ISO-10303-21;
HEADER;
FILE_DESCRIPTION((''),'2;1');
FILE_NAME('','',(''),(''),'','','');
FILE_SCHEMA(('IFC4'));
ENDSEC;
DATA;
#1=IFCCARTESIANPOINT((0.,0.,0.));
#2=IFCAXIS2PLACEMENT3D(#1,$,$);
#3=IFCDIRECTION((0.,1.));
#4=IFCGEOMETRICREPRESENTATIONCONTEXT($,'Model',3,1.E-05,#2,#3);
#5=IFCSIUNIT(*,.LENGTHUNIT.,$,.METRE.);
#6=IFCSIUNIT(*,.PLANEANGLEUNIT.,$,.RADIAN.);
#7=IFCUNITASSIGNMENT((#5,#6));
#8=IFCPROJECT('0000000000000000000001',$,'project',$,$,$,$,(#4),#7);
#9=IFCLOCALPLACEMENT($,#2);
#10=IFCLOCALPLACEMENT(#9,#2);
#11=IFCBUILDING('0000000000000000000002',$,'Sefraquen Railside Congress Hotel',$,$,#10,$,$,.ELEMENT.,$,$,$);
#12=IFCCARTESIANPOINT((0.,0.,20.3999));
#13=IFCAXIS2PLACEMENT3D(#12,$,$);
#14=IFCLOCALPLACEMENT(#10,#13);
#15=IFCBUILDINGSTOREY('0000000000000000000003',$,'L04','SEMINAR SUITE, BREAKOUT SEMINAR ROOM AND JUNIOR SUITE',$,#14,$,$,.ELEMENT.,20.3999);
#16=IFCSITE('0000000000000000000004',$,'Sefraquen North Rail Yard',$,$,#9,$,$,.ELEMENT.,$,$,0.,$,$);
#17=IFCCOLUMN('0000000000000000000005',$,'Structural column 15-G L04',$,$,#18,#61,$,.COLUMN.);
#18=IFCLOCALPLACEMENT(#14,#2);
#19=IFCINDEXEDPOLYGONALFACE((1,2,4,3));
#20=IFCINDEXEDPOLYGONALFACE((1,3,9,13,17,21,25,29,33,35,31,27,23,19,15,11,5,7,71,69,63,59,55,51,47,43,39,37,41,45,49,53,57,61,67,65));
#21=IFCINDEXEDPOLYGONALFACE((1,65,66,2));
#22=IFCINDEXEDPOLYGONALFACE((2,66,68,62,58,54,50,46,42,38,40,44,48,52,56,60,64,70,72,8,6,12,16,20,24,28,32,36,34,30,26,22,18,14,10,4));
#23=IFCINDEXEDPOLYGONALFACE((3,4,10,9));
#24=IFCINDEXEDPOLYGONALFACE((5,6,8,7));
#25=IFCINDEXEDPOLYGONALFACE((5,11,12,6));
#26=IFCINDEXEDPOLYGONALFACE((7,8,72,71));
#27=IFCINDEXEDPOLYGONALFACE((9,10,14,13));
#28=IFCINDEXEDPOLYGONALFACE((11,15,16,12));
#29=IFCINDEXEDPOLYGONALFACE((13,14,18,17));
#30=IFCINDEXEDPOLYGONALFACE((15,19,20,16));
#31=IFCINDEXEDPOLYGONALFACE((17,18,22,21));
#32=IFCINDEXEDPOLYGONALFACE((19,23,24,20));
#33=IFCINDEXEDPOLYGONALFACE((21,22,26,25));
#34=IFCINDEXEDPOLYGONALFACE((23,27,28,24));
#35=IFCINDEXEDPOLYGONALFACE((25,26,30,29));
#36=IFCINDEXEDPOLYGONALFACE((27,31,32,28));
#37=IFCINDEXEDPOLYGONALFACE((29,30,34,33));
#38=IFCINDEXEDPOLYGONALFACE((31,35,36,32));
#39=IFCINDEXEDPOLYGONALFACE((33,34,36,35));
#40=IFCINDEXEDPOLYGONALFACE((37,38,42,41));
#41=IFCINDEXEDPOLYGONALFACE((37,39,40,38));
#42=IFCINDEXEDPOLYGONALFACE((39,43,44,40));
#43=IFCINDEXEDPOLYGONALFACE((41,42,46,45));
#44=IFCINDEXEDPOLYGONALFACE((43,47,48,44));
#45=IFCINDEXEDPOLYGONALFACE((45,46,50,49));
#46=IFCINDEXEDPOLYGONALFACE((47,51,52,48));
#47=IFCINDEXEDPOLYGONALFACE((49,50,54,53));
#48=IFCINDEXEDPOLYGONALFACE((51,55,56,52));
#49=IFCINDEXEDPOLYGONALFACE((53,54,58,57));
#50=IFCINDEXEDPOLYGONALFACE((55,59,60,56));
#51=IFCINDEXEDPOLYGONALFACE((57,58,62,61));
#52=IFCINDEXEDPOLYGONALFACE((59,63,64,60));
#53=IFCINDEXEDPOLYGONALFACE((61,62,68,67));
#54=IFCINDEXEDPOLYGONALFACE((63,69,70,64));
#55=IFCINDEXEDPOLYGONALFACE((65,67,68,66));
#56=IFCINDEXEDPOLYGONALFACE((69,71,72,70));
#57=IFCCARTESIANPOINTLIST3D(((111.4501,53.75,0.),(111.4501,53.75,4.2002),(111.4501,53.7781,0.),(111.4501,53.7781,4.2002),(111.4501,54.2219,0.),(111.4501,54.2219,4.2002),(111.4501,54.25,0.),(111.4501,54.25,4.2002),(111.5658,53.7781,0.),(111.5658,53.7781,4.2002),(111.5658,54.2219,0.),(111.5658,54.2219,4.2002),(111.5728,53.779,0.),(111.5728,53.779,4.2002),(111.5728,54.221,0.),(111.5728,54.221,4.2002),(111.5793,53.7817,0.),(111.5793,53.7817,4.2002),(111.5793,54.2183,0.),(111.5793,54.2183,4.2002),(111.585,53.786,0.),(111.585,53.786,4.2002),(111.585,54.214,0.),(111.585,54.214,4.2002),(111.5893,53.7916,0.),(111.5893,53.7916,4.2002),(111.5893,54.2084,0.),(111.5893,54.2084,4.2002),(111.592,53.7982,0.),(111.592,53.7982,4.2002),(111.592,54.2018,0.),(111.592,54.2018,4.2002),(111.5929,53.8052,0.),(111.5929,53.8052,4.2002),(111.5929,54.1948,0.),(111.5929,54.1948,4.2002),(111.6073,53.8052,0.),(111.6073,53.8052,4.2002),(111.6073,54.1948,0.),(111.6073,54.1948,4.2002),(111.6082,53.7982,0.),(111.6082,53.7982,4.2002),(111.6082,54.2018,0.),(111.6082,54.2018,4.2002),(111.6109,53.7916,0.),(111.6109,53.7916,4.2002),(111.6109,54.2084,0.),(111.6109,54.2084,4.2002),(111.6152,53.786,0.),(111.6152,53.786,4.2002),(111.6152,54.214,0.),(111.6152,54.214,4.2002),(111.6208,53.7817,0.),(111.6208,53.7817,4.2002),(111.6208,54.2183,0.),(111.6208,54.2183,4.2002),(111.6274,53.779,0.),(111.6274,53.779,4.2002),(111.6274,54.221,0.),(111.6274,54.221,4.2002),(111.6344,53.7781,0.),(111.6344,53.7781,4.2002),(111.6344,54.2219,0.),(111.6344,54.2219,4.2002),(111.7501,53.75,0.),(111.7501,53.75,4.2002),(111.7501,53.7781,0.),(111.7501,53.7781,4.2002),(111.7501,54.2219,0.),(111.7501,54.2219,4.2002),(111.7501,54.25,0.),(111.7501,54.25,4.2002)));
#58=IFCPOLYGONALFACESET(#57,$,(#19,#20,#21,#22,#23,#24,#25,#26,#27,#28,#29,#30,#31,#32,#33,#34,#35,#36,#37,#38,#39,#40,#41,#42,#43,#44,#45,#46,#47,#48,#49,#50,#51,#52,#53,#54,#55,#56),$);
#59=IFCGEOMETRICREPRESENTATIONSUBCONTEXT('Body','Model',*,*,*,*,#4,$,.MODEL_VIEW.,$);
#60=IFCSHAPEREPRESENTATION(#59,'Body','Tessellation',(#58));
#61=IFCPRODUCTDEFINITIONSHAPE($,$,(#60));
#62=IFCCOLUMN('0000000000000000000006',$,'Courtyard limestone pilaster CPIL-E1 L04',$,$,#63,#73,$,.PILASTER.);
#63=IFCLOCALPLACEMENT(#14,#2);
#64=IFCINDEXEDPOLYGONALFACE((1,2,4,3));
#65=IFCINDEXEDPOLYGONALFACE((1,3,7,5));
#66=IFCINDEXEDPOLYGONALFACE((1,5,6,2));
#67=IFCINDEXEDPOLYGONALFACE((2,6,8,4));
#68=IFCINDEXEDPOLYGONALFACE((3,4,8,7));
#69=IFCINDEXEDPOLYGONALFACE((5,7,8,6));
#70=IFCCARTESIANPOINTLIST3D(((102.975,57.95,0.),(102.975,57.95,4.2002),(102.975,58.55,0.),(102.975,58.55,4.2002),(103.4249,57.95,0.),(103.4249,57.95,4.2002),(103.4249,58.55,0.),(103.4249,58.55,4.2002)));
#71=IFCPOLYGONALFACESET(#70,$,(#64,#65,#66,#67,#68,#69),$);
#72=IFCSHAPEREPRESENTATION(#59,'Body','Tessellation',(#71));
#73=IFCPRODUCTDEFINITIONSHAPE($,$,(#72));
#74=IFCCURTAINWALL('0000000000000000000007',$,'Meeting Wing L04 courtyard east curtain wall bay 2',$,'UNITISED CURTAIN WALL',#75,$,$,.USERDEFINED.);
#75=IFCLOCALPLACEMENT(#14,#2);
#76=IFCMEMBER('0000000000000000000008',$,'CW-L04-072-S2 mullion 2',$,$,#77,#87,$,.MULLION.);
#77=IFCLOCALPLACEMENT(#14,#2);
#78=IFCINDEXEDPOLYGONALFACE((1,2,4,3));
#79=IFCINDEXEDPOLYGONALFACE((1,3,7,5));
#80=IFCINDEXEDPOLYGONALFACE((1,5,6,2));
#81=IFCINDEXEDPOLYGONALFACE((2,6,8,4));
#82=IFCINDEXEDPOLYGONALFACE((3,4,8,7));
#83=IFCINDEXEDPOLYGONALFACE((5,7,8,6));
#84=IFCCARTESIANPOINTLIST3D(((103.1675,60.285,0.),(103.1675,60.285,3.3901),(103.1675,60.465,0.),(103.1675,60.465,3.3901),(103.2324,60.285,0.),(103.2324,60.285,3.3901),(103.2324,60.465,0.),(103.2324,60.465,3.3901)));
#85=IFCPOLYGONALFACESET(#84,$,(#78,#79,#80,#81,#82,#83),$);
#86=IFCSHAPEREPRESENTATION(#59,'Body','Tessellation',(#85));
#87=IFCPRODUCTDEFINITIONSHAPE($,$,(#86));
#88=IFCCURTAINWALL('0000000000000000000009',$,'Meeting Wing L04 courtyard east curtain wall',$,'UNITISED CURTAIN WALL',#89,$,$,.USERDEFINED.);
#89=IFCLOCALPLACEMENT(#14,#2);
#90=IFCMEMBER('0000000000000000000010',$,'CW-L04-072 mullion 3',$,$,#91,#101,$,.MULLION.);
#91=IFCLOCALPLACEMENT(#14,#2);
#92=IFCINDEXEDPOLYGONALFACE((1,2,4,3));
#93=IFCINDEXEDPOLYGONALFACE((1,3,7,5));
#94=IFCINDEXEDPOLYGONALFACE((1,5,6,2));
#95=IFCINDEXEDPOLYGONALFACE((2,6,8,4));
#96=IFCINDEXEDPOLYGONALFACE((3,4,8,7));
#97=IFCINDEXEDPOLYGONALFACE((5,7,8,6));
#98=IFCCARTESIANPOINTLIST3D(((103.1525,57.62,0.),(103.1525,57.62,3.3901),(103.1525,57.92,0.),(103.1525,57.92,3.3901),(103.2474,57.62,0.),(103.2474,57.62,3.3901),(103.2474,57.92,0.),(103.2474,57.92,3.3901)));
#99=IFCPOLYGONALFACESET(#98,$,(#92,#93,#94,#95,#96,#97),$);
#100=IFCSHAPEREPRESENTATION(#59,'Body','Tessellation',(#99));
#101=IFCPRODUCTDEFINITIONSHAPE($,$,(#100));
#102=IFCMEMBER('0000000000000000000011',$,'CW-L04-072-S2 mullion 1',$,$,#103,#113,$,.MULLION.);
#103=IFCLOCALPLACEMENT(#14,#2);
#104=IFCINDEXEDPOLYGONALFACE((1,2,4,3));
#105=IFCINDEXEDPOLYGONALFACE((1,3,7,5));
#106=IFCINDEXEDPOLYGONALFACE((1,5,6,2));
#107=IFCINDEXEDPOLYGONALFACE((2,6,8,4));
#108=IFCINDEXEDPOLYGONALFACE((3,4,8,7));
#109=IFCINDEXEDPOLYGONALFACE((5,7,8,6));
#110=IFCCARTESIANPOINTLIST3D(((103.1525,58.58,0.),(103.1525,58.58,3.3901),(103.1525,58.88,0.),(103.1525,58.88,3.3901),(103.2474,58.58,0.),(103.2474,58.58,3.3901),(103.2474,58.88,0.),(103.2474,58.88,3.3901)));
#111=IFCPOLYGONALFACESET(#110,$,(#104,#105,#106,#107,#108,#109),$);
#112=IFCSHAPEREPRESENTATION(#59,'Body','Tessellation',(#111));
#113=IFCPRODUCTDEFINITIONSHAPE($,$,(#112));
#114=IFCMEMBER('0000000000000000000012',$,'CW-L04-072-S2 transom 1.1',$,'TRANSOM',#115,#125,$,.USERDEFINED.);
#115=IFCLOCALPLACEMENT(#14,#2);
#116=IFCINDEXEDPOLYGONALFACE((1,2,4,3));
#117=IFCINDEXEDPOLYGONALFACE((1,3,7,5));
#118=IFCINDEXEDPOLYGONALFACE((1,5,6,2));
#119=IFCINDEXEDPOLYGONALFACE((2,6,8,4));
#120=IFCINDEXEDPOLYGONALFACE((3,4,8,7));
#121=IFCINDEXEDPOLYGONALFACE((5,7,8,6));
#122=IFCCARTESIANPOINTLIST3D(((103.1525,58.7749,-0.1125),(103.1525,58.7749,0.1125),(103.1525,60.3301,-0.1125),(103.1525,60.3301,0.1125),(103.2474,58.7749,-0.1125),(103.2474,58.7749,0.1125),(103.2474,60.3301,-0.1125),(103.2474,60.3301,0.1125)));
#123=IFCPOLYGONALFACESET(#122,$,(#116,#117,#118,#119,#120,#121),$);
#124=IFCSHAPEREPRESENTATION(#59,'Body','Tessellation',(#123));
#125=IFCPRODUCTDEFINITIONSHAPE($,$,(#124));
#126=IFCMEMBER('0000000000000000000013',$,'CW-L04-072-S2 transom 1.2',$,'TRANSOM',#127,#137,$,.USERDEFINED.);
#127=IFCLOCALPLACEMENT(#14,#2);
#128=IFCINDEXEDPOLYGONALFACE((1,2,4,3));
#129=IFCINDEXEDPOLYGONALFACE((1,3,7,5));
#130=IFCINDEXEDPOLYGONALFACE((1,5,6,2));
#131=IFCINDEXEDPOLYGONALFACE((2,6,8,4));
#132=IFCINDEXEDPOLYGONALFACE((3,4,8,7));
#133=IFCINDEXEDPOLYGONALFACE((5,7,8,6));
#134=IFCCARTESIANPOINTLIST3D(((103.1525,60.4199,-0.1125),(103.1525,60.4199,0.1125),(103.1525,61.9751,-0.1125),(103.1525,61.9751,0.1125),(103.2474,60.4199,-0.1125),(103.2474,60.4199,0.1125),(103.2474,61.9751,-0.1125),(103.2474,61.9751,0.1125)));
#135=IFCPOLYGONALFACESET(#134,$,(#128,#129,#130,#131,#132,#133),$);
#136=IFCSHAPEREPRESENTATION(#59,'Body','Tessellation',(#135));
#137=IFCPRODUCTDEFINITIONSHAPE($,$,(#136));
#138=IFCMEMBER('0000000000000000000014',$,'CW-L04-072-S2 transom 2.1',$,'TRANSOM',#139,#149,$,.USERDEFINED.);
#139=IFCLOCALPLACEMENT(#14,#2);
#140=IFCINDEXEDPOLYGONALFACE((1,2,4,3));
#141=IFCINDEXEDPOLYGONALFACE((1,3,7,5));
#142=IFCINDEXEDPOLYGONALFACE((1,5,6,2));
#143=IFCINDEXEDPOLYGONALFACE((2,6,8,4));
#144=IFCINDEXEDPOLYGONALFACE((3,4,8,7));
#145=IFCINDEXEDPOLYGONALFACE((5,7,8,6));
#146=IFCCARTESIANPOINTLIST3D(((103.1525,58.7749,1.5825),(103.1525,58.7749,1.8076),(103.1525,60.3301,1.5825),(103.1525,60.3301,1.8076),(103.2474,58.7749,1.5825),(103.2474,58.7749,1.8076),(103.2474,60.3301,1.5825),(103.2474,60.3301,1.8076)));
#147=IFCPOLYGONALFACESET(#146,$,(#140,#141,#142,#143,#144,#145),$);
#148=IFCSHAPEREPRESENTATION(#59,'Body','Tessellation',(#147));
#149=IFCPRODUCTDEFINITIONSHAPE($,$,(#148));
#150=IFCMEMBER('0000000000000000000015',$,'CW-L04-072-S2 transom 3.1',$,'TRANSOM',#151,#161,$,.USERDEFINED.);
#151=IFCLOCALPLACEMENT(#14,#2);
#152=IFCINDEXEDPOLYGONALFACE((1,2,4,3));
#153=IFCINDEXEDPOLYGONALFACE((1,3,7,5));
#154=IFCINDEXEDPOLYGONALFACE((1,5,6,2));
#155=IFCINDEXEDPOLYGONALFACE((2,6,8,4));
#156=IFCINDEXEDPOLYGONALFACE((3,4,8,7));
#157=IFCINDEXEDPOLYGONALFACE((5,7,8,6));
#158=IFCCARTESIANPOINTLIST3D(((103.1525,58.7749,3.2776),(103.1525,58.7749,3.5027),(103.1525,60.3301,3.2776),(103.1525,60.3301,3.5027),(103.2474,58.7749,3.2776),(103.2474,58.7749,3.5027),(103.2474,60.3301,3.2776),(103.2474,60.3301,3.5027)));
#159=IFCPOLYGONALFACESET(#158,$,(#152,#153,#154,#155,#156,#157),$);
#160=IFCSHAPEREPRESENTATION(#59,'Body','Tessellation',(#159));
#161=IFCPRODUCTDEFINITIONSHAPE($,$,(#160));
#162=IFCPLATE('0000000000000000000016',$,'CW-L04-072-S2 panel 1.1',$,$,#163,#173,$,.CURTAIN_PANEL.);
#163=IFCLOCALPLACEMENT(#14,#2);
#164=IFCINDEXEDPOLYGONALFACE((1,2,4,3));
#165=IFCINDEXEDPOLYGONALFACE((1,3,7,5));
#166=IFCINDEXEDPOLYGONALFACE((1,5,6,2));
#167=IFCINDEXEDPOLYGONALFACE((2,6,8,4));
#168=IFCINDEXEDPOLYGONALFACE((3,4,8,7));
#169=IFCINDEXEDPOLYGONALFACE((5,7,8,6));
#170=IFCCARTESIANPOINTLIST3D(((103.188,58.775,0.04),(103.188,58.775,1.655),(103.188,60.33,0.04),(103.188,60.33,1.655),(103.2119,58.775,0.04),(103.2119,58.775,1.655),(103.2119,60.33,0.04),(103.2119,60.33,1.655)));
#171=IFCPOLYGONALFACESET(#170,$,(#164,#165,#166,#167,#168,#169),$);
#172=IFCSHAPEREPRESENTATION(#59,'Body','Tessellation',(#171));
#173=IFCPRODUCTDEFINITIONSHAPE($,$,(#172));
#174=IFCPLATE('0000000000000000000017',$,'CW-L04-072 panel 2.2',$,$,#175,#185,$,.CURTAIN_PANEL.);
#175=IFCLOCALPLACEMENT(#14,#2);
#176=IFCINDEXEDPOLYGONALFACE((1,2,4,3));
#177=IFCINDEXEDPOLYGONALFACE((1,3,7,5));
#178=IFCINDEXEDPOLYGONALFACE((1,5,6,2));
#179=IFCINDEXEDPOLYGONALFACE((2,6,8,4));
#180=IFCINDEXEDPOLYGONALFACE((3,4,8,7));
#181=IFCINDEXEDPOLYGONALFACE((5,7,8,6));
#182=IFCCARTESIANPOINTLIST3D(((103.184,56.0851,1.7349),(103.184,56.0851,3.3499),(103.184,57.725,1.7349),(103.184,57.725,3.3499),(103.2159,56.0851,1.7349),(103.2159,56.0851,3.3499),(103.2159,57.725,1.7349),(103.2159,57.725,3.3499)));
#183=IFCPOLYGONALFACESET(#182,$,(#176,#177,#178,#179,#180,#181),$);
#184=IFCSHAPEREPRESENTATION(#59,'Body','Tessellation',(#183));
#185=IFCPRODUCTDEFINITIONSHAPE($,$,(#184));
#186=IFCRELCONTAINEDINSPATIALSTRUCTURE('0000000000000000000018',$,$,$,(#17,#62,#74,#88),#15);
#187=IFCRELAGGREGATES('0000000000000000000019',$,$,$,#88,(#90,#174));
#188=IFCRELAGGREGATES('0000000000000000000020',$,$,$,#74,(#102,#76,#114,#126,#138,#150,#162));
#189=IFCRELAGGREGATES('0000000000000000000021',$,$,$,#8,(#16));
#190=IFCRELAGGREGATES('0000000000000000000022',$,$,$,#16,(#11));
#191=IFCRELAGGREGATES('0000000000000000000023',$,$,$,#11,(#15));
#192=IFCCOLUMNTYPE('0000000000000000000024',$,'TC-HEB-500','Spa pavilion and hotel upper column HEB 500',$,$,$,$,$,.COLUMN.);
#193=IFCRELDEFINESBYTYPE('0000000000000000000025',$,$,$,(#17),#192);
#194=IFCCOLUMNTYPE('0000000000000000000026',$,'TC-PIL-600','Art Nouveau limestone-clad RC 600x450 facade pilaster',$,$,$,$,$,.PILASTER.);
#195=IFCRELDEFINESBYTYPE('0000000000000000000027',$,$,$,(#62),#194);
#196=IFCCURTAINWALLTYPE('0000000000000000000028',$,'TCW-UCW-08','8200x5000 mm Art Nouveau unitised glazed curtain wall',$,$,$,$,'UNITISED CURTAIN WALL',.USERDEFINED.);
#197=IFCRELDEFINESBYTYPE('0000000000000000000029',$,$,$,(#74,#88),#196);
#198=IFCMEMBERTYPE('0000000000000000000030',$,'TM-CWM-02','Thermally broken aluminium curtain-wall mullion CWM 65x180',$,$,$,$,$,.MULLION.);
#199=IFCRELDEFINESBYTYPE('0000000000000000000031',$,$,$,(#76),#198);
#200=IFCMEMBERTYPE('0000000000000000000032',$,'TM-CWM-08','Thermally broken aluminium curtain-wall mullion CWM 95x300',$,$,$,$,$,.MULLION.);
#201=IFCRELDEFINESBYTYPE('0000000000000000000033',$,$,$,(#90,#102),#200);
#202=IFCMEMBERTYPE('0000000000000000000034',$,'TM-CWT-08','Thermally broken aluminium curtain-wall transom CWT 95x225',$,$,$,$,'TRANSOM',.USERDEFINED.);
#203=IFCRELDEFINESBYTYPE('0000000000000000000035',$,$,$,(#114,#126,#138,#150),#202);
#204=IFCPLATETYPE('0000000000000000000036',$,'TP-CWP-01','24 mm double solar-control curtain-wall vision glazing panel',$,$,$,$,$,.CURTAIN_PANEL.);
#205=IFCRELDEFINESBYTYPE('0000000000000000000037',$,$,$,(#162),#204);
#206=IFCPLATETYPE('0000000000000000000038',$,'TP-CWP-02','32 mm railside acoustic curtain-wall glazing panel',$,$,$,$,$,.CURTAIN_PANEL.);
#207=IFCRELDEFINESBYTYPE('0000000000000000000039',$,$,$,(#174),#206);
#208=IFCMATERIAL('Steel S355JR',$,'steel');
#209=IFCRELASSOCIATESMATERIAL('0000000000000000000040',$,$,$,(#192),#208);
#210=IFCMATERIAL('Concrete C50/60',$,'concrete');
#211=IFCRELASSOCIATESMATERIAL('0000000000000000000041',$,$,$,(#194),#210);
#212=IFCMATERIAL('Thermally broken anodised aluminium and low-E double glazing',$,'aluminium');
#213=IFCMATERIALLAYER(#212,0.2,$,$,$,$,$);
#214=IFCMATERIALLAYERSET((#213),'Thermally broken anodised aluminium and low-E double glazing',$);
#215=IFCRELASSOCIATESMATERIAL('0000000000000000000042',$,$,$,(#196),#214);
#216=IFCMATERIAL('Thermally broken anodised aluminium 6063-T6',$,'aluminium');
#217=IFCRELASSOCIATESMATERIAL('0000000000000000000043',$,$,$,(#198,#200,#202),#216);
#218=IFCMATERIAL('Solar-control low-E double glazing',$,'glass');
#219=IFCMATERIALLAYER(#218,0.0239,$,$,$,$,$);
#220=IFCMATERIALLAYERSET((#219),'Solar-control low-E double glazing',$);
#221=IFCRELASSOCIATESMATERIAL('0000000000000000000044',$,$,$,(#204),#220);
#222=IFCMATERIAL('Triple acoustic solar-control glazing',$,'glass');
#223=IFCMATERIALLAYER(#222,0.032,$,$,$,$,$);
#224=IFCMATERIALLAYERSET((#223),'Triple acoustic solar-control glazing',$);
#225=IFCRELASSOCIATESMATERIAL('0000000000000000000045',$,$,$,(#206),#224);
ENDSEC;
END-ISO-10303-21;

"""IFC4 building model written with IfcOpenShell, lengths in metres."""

from ifc_helpers import new_model, si_unit, direction, frame, origin, origin_2d, place, context, subcontext, project, spatial, rectangle, i_section, extrude, material, layer, layer_set, material_profile, profile_set, type_object, element, aggregate, save


model = new_model("IFC4")

# Units and contexts
model_context = context("Model", 3, precision=1e-05, world=origin(), true_north=direction((0.0, 1.0)))
body_context = subcontext(model_context, "Body", "Model", "MODEL_VIEW")
ifc_project = project(units=[si_unit("LENGTHUNIT", "METRE"), si_unit("PLANEANGLEUNIT", "RADIAN")], contexts=[model_context])

# Site, building, storey
site_placement = place(None, origin())
site = spatial("IfcSite", under=ifc_project, at=site_placement, Name="Sefraquen North Rail Yard", CompositionType="ELEMENT", RefElevation=0.0)
building_placement = place(site_placement, origin())
building = spatial("IfcBuilding", under=site, at=building_placement, Name="Sefraquen Railside Congress Hotel", CompositionType="ELEMENT")
storey_placement = place(building_placement, frame((0.0, 0.0, 20.3999)))
storey = spatial("IfcBuildingStorey", under=building, at=storey_placement, Name="L04", Description="SEMINAR SUITE, BREAKOUT SEMINAR ROOM AND JUNIOR SUITE", CompositionType="ELEMENT", Elevation=20.3999)

# Columns
ifc_material_1 = material(Name="Steel S355JR", Category="steel")
ifc_material_profile_1 = material_profile(ifc_material_1, i_section(OverallWidth=0.3, OverallDepth=0.5, WebThickness=0.0144, FlangeThickness=0.0281, FilletRadius=0.0271, at=origin_2d()), Name="HEB 500")
ifc_profile_set_1 = profile_set([ifc_material_profile_1], Name="Steel S355JR")
column_type_1 = type_object("IfcColumnType", Name="TC-HEB-500", Description="Spa pavilion and hotel upper column HEB 500", PredefinedType="COLUMN", material=ifc_profile_set_1)
column_1_placement = place(storey_placement, frame((111.6001, 54.0, 0.0), z_axis=(0.0, 0.0, 1.0), x_axis=(1.0, 0.0, 0.0)))
element("IfcColumn", 1, at=column_1_placement, inside=storey, type_object=column_type_1, Name="Structural column 15-G L04", PredefinedType="COLUMN", context=body_context, shape_type="SweptSolid", body=[
    extrude(i_section(OverallWidth=0.3, OverallDepth=0.5, WebThickness=0.0144, FlangeThickness=0.0281, FilletRadius=0.0271, at=origin_2d()), origin(), (0.0, 0.0, 1.0), 4.2002),
])
ifc_material_2 = material(Name="Concrete C50/60", Category="concrete")
ifc_material_profile_2 = material_profile(ifc_material_2, rectangle(XDim=0.45, YDim=0.6001, at=origin_2d()), Name="RC 600x450")
ifc_profile_set_2 = profile_set([ifc_material_profile_2], Name="Concrete C50/60")
column_type_2 = type_object("IfcColumnType", Name="TC-PIL-600", Description="Art Nouveau limestone-clad RC 600x450 facade pilaster", PredefinedType="PILASTER", material=ifc_profile_set_2)
column_2_placement = place(storey_placement, frame((103.2, 58.25, 0.0), z_axis=(0.0, 0.0, 1.0), x_axis=(1.0, 0.0, 0.0)))
element("IfcColumn", 2, at=column_2_placement, inside=storey, type_object=column_type_2, Name="Courtyard limestone pilaster CPIL-E1 L04", PredefinedType="PILASTER", context=body_context, shape_type="SweptSolid", body=[
    extrude(rectangle(XDim=0.45, YDim=0.6001, at=origin_2d()), origin(), (0.0, 0.0, 1.0), 4.2002),
])

# Curtain walls, members
ifc_material_3 = material(Name="Thermally broken anodised aluminium and low-E double glazing", Category="aluminium")
ifc_layer_1 = layer(ifc_material_3, 0.2)
ifc_layer_set_1 = layer_set([ifc_layer_1], Name="Thermally broken anodised aluminium and low-E double glazing")
curtain_wall_type = type_object("IfcCurtainWallType", Name="TCW-UCW-08", Description="8200x5000 mm Art Nouveau unitised glazed curtain wall", ElementType="UNITISED CURTAIN WALL", PredefinedType="USERDEFINED", material=ifc_layer_set_1)
curtain_wall_1_placement = place(storey_placement, origin())
curtain_wall_1 = element("IfcCurtainWall", 3, at=curtain_wall_1_placement, inside=storey, type_object=curtain_wall_type, Name="Meeting Wing L04 courtyard east curtain wall bay 2", ObjectType="UNITISED CURTAIN WALL", PredefinedType="USERDEFINED")
ifc_material_4 = material(Name="Thermally broken anodised aluminium 6063-T6", Category="aluminium")
ifc_material_profile_3 = material_profile(ifc_material_4, rectangle(XDim=0.0649, YDim=0.1799, at=origin_2d()), Name="CWM 65x180")
ifc_profile_set_3 = profile_set([ifc_material_profile_3], Name="Thermally broken anodised aluminium 6063-T6")
member_type_1 = type_object("IfcMemberType", Name="TM-CWM-02", Description="Thermally broken aluminium curtain-wall mullion CWM 65x180", PredefinedType="MULLION", material=ifc_profile_set_3)
member_1_placement = place(storey_placement, frame((103.2, 60.375, 0.0), z_axis=(0.0, 0.0, 1.0), x_axis=(1.0, 0.0, 0.0)))
member_1 = element("IfcMember", 4, at=member_1_placement, type_object=member_type_1, Name="CW-L04-072-S2 mullion 2", PredefinedType="MULLION", context=body_context, shape_type="SweptSolid", body=[
    extrude(rectangle(XDim=0.0649, YDim=0.1799, at=origin_2d()), origin(), (0.0, 0.0, 1.0), 3.3901),
])
curtain_wall_2_placement = place(storey_placement, origin())
curtain_wall_2 = element("IfcCurtainWall", 5, at=curtain_wall_2_placement, inside=storey, type_object=curtain_wall_type, Name="Meeting Wing L04 courtyard east curtain wall", ObjectType="UNITISED CURTAIN WALL", PredefinedType="USERDEFINED")
ifc_material_profile_4 = material_profile(ifc_material_4, rectangle(XDim=0.095, YDim=0.3, at=origin_2d()), Name="CWM 95x300")
ifc_profile_set_4 = profile_set([ifc_material_profile_4], Name="Thermally broken anodised aluminium 6063-T6")
member_type_2 = type_object("IfcMemberType", Name="TM-CWM-08", Description="Thermally broken aluminium curtain-wall mullion CWM 95x300", PredefinedType="MULLION", material=ifc_profile_set_4)
member_2_placement = place(storey_placement, frame((103.2, 57.77, 0.0), z_axis=(0.0, 0.0, 1.0), x_axis=(1.0, 0.0, 0.0)))
member_2 = element("IfcMember", 6, at=member_2_placement, type_object=member_type_2, Name="CW-L04-072 mullion 3", PredefinedType="MULLION", context=body_context, shape_type="SweptSolid", body=[
    extrude(rectangle(XDim=0.095, YDim=0.3, at=origin_2d()), origin(), (0.0, 0.0, 1.0), 3.3901),
])

# Members
member_3_placement = place(storey_placement, frame((103.2, 58.73, 0.0), z_axis=(0.0, 0.0, 1.0), x_axis=(1.0, 0.0, 0.0)))
member_3 = element("IfcMember", 7, at=member_3_placement, type_object=member_type_2, Name="CW-L04-072-S2 mullion 1", PredefinedType="MULLION", context=body_context, shape_type="SweptSolid", body=[
    extrude(rectangle(XDim=0.095, YDim=0.3, at=origin_2d()), origin(), (0.0, 0.0, 1.0), 3.3901),
])
ifc_material_profile_5 = material_profile(ifc_material_4, rectangle(XDim=0.095, YDim=0.2251, at=origin_2d()), Name="CWT 95x225")
ifc_profile_set_5 = profile_set([ifc_material_profile_5], Name="Thermally broken anodised aluminium 6063-T6")
member_type_3 = type_object("IfcMemberType", Name="TM-CWT-08", Description="Thermally broken aluminium curtain-wall transom CWT 95x225", ElementType="TRANSOM", PredefinedType="USERDEFINED", material=ifc_profile_set_5)
member_4_placement = place(storey_placement, frame((103.2, 58.7749, 0.0), z_axis=(0.0, 1.0, 0.0), x_axis=(-1.0, 0.0, 0.0)))
member_4 = element("IfcMember", 8, at=member_4_placement, type_object=member_type_3, Name="CW-L04-072-S2 transom 1.1", ObjectType="TRANSOM", PredefinedType="USERDEFINED", context=body_context, shape_type="SweptSolid", body=[
    extrude(rectangle(XDim=0.095, YDim=0.2251, at=origin_2d()), origin(), (0.0, 0.0, 1.0), 1.5552),
])
member_5_placement = place(storey_placement, frame((103.2, 60.4199, 0.0), z_axis=(0.0, 1.0, 0.0), x_axis=(-1.0, 0.0, 0.0)))
member_5 = element("IfcMember", 9, at=member_5_placement, type_object=member_type_3, Name="CW-L04-072-S2 transom 1.2", ObjectType="TRANSOM", PredefinedType="USERDEFINED", context=body_context, shape_type="SweptSolid", body=[
    extrude(rectangle(XDim=0.095, YDim=0.2251, at=origin_2d()), origin(), (0.0, 0.0, 1.0), 1.5552),
])
member_6_placement = place(storey_placement, frame((103.2, 58.7749, 1.6951), z_axis=(0.0, 1.0, 0.0), x_axis=(-1.0, 0.0, 0.0)))
member_6 = element("IfcMember", 10, at=member_6_placement, type_object=member_type_3, Name="CW-L04-072-S2 transom 2.1", ObjectType="TRANSOM", PredefinedType="USERDEFINED", context=body_context, shape_type="SweptSolid", body=[
    extrude(rectangle(XDim=0.095, YDim=0.2251, at=origin_2d()), origin(), (0.0, 0.0, 1.0), 1.5552),
])
member_7_placement = place(storey_placement, frame((103.2, 58.7749, 3.3901), z_axis=(0.0, 1.0, 0.0), x_axis=(-1.0, 0.0, 0.0)))
member_7 = element("IfcMember", 11, at=member_7_placement, type_object=member_type_3, Name="CW-L04-072-S2 transom 3.1", ObjectType="TRANSOM", PredefinedType="USERDEFINED", context=body_context, shape_type="SweptSolid", body=[
    extrude(rectangle(XDim=0.095, YDim=0.2251, at=origin_2d()), origin(), (0.0, 0.0, 1.0), 1.5552),
])

# Plates
ifc_material_5 = material(Name="Solar-control low-E double glazing", Category="glass")
ifc_layer_2 = layer(ifc_material_5, 0.0239)
ifc_layer_set_2 = layer_set([ifc_layer_2], Name="Solar-control low-E double glazing")
plate_type_1 = type_object("IfcPlateType", Name="TP-CWP-01", Description="24 mm double solar-control curtain-wall vision glazing panel", PredefinedType="CURTAIN_PANEL", material=ifc_layer_set_2)
plate_1_placement = place(storey_placement, frame((103.2, 59.5525, 0.04), z_axis=(0.0, 0.0, 1.0), x_axis=(0.0, 1.0, 0.0)))
plate_1 = element("IfcPlate", 12, at=plate_1_placement, type_object=plate_type_1, Name="CW-L04-072-S2 panel 1.1", PredefinedType="CURTAIN_PANEL", context=body_context, shape_type="SweptSolid", body=[
    extrude(rectangle(XDim=1.5549, YDim=0.0239, at=origin_2d()), origin(), (0.0, 0.0, 1.0), 1.615),
])
ifc_material_6 = material(Name="Triple acoustic solar-control glazing", Category="glass")
ifc_layer_3 = layer(ifc_material_6, 0.032)
ifc_layer_set_3 = layer_set([ifc_layer_3], Name="Triple acoustic solar-control glazing")
plate_type_2 = type_object("IfcPlateType", Name="TP-CWP-02", Description="32 mm railside acoustic curtain-wall glazing panel", PredefinedType="CURTAIN_PANEL", material=ifc_layer_set_3)
plate_2_placement = place(storey_placement, frame((103.2, 56.905, 1.7349), z_axis=(0.0, 0.0, 1.0), x_axis=(0.0, 1.0, 0.0)))
plate_2 = element("IfcPlate", 13, at=plate_2_placement, type_object=plate_type_2, Name="CW-L04-072 panel 2.2", PredefinedType="CURTAIN_PANEL", context=body_context, shape_type="SweptSolid", body=[
    extrude(rectangle(XDim=1.6399, YDim=0.032, at=origin_2d()), origin(), (0.0, 0.0, 1.0), 1.615),
])
aggregate(curtain_wall_2, [member_2, plate_2])
aggregate(curtain_wall_1, [member_3, member_1, member_4, member_5, member_6, member_7, plate_1])

save(model, "model.ifc")
